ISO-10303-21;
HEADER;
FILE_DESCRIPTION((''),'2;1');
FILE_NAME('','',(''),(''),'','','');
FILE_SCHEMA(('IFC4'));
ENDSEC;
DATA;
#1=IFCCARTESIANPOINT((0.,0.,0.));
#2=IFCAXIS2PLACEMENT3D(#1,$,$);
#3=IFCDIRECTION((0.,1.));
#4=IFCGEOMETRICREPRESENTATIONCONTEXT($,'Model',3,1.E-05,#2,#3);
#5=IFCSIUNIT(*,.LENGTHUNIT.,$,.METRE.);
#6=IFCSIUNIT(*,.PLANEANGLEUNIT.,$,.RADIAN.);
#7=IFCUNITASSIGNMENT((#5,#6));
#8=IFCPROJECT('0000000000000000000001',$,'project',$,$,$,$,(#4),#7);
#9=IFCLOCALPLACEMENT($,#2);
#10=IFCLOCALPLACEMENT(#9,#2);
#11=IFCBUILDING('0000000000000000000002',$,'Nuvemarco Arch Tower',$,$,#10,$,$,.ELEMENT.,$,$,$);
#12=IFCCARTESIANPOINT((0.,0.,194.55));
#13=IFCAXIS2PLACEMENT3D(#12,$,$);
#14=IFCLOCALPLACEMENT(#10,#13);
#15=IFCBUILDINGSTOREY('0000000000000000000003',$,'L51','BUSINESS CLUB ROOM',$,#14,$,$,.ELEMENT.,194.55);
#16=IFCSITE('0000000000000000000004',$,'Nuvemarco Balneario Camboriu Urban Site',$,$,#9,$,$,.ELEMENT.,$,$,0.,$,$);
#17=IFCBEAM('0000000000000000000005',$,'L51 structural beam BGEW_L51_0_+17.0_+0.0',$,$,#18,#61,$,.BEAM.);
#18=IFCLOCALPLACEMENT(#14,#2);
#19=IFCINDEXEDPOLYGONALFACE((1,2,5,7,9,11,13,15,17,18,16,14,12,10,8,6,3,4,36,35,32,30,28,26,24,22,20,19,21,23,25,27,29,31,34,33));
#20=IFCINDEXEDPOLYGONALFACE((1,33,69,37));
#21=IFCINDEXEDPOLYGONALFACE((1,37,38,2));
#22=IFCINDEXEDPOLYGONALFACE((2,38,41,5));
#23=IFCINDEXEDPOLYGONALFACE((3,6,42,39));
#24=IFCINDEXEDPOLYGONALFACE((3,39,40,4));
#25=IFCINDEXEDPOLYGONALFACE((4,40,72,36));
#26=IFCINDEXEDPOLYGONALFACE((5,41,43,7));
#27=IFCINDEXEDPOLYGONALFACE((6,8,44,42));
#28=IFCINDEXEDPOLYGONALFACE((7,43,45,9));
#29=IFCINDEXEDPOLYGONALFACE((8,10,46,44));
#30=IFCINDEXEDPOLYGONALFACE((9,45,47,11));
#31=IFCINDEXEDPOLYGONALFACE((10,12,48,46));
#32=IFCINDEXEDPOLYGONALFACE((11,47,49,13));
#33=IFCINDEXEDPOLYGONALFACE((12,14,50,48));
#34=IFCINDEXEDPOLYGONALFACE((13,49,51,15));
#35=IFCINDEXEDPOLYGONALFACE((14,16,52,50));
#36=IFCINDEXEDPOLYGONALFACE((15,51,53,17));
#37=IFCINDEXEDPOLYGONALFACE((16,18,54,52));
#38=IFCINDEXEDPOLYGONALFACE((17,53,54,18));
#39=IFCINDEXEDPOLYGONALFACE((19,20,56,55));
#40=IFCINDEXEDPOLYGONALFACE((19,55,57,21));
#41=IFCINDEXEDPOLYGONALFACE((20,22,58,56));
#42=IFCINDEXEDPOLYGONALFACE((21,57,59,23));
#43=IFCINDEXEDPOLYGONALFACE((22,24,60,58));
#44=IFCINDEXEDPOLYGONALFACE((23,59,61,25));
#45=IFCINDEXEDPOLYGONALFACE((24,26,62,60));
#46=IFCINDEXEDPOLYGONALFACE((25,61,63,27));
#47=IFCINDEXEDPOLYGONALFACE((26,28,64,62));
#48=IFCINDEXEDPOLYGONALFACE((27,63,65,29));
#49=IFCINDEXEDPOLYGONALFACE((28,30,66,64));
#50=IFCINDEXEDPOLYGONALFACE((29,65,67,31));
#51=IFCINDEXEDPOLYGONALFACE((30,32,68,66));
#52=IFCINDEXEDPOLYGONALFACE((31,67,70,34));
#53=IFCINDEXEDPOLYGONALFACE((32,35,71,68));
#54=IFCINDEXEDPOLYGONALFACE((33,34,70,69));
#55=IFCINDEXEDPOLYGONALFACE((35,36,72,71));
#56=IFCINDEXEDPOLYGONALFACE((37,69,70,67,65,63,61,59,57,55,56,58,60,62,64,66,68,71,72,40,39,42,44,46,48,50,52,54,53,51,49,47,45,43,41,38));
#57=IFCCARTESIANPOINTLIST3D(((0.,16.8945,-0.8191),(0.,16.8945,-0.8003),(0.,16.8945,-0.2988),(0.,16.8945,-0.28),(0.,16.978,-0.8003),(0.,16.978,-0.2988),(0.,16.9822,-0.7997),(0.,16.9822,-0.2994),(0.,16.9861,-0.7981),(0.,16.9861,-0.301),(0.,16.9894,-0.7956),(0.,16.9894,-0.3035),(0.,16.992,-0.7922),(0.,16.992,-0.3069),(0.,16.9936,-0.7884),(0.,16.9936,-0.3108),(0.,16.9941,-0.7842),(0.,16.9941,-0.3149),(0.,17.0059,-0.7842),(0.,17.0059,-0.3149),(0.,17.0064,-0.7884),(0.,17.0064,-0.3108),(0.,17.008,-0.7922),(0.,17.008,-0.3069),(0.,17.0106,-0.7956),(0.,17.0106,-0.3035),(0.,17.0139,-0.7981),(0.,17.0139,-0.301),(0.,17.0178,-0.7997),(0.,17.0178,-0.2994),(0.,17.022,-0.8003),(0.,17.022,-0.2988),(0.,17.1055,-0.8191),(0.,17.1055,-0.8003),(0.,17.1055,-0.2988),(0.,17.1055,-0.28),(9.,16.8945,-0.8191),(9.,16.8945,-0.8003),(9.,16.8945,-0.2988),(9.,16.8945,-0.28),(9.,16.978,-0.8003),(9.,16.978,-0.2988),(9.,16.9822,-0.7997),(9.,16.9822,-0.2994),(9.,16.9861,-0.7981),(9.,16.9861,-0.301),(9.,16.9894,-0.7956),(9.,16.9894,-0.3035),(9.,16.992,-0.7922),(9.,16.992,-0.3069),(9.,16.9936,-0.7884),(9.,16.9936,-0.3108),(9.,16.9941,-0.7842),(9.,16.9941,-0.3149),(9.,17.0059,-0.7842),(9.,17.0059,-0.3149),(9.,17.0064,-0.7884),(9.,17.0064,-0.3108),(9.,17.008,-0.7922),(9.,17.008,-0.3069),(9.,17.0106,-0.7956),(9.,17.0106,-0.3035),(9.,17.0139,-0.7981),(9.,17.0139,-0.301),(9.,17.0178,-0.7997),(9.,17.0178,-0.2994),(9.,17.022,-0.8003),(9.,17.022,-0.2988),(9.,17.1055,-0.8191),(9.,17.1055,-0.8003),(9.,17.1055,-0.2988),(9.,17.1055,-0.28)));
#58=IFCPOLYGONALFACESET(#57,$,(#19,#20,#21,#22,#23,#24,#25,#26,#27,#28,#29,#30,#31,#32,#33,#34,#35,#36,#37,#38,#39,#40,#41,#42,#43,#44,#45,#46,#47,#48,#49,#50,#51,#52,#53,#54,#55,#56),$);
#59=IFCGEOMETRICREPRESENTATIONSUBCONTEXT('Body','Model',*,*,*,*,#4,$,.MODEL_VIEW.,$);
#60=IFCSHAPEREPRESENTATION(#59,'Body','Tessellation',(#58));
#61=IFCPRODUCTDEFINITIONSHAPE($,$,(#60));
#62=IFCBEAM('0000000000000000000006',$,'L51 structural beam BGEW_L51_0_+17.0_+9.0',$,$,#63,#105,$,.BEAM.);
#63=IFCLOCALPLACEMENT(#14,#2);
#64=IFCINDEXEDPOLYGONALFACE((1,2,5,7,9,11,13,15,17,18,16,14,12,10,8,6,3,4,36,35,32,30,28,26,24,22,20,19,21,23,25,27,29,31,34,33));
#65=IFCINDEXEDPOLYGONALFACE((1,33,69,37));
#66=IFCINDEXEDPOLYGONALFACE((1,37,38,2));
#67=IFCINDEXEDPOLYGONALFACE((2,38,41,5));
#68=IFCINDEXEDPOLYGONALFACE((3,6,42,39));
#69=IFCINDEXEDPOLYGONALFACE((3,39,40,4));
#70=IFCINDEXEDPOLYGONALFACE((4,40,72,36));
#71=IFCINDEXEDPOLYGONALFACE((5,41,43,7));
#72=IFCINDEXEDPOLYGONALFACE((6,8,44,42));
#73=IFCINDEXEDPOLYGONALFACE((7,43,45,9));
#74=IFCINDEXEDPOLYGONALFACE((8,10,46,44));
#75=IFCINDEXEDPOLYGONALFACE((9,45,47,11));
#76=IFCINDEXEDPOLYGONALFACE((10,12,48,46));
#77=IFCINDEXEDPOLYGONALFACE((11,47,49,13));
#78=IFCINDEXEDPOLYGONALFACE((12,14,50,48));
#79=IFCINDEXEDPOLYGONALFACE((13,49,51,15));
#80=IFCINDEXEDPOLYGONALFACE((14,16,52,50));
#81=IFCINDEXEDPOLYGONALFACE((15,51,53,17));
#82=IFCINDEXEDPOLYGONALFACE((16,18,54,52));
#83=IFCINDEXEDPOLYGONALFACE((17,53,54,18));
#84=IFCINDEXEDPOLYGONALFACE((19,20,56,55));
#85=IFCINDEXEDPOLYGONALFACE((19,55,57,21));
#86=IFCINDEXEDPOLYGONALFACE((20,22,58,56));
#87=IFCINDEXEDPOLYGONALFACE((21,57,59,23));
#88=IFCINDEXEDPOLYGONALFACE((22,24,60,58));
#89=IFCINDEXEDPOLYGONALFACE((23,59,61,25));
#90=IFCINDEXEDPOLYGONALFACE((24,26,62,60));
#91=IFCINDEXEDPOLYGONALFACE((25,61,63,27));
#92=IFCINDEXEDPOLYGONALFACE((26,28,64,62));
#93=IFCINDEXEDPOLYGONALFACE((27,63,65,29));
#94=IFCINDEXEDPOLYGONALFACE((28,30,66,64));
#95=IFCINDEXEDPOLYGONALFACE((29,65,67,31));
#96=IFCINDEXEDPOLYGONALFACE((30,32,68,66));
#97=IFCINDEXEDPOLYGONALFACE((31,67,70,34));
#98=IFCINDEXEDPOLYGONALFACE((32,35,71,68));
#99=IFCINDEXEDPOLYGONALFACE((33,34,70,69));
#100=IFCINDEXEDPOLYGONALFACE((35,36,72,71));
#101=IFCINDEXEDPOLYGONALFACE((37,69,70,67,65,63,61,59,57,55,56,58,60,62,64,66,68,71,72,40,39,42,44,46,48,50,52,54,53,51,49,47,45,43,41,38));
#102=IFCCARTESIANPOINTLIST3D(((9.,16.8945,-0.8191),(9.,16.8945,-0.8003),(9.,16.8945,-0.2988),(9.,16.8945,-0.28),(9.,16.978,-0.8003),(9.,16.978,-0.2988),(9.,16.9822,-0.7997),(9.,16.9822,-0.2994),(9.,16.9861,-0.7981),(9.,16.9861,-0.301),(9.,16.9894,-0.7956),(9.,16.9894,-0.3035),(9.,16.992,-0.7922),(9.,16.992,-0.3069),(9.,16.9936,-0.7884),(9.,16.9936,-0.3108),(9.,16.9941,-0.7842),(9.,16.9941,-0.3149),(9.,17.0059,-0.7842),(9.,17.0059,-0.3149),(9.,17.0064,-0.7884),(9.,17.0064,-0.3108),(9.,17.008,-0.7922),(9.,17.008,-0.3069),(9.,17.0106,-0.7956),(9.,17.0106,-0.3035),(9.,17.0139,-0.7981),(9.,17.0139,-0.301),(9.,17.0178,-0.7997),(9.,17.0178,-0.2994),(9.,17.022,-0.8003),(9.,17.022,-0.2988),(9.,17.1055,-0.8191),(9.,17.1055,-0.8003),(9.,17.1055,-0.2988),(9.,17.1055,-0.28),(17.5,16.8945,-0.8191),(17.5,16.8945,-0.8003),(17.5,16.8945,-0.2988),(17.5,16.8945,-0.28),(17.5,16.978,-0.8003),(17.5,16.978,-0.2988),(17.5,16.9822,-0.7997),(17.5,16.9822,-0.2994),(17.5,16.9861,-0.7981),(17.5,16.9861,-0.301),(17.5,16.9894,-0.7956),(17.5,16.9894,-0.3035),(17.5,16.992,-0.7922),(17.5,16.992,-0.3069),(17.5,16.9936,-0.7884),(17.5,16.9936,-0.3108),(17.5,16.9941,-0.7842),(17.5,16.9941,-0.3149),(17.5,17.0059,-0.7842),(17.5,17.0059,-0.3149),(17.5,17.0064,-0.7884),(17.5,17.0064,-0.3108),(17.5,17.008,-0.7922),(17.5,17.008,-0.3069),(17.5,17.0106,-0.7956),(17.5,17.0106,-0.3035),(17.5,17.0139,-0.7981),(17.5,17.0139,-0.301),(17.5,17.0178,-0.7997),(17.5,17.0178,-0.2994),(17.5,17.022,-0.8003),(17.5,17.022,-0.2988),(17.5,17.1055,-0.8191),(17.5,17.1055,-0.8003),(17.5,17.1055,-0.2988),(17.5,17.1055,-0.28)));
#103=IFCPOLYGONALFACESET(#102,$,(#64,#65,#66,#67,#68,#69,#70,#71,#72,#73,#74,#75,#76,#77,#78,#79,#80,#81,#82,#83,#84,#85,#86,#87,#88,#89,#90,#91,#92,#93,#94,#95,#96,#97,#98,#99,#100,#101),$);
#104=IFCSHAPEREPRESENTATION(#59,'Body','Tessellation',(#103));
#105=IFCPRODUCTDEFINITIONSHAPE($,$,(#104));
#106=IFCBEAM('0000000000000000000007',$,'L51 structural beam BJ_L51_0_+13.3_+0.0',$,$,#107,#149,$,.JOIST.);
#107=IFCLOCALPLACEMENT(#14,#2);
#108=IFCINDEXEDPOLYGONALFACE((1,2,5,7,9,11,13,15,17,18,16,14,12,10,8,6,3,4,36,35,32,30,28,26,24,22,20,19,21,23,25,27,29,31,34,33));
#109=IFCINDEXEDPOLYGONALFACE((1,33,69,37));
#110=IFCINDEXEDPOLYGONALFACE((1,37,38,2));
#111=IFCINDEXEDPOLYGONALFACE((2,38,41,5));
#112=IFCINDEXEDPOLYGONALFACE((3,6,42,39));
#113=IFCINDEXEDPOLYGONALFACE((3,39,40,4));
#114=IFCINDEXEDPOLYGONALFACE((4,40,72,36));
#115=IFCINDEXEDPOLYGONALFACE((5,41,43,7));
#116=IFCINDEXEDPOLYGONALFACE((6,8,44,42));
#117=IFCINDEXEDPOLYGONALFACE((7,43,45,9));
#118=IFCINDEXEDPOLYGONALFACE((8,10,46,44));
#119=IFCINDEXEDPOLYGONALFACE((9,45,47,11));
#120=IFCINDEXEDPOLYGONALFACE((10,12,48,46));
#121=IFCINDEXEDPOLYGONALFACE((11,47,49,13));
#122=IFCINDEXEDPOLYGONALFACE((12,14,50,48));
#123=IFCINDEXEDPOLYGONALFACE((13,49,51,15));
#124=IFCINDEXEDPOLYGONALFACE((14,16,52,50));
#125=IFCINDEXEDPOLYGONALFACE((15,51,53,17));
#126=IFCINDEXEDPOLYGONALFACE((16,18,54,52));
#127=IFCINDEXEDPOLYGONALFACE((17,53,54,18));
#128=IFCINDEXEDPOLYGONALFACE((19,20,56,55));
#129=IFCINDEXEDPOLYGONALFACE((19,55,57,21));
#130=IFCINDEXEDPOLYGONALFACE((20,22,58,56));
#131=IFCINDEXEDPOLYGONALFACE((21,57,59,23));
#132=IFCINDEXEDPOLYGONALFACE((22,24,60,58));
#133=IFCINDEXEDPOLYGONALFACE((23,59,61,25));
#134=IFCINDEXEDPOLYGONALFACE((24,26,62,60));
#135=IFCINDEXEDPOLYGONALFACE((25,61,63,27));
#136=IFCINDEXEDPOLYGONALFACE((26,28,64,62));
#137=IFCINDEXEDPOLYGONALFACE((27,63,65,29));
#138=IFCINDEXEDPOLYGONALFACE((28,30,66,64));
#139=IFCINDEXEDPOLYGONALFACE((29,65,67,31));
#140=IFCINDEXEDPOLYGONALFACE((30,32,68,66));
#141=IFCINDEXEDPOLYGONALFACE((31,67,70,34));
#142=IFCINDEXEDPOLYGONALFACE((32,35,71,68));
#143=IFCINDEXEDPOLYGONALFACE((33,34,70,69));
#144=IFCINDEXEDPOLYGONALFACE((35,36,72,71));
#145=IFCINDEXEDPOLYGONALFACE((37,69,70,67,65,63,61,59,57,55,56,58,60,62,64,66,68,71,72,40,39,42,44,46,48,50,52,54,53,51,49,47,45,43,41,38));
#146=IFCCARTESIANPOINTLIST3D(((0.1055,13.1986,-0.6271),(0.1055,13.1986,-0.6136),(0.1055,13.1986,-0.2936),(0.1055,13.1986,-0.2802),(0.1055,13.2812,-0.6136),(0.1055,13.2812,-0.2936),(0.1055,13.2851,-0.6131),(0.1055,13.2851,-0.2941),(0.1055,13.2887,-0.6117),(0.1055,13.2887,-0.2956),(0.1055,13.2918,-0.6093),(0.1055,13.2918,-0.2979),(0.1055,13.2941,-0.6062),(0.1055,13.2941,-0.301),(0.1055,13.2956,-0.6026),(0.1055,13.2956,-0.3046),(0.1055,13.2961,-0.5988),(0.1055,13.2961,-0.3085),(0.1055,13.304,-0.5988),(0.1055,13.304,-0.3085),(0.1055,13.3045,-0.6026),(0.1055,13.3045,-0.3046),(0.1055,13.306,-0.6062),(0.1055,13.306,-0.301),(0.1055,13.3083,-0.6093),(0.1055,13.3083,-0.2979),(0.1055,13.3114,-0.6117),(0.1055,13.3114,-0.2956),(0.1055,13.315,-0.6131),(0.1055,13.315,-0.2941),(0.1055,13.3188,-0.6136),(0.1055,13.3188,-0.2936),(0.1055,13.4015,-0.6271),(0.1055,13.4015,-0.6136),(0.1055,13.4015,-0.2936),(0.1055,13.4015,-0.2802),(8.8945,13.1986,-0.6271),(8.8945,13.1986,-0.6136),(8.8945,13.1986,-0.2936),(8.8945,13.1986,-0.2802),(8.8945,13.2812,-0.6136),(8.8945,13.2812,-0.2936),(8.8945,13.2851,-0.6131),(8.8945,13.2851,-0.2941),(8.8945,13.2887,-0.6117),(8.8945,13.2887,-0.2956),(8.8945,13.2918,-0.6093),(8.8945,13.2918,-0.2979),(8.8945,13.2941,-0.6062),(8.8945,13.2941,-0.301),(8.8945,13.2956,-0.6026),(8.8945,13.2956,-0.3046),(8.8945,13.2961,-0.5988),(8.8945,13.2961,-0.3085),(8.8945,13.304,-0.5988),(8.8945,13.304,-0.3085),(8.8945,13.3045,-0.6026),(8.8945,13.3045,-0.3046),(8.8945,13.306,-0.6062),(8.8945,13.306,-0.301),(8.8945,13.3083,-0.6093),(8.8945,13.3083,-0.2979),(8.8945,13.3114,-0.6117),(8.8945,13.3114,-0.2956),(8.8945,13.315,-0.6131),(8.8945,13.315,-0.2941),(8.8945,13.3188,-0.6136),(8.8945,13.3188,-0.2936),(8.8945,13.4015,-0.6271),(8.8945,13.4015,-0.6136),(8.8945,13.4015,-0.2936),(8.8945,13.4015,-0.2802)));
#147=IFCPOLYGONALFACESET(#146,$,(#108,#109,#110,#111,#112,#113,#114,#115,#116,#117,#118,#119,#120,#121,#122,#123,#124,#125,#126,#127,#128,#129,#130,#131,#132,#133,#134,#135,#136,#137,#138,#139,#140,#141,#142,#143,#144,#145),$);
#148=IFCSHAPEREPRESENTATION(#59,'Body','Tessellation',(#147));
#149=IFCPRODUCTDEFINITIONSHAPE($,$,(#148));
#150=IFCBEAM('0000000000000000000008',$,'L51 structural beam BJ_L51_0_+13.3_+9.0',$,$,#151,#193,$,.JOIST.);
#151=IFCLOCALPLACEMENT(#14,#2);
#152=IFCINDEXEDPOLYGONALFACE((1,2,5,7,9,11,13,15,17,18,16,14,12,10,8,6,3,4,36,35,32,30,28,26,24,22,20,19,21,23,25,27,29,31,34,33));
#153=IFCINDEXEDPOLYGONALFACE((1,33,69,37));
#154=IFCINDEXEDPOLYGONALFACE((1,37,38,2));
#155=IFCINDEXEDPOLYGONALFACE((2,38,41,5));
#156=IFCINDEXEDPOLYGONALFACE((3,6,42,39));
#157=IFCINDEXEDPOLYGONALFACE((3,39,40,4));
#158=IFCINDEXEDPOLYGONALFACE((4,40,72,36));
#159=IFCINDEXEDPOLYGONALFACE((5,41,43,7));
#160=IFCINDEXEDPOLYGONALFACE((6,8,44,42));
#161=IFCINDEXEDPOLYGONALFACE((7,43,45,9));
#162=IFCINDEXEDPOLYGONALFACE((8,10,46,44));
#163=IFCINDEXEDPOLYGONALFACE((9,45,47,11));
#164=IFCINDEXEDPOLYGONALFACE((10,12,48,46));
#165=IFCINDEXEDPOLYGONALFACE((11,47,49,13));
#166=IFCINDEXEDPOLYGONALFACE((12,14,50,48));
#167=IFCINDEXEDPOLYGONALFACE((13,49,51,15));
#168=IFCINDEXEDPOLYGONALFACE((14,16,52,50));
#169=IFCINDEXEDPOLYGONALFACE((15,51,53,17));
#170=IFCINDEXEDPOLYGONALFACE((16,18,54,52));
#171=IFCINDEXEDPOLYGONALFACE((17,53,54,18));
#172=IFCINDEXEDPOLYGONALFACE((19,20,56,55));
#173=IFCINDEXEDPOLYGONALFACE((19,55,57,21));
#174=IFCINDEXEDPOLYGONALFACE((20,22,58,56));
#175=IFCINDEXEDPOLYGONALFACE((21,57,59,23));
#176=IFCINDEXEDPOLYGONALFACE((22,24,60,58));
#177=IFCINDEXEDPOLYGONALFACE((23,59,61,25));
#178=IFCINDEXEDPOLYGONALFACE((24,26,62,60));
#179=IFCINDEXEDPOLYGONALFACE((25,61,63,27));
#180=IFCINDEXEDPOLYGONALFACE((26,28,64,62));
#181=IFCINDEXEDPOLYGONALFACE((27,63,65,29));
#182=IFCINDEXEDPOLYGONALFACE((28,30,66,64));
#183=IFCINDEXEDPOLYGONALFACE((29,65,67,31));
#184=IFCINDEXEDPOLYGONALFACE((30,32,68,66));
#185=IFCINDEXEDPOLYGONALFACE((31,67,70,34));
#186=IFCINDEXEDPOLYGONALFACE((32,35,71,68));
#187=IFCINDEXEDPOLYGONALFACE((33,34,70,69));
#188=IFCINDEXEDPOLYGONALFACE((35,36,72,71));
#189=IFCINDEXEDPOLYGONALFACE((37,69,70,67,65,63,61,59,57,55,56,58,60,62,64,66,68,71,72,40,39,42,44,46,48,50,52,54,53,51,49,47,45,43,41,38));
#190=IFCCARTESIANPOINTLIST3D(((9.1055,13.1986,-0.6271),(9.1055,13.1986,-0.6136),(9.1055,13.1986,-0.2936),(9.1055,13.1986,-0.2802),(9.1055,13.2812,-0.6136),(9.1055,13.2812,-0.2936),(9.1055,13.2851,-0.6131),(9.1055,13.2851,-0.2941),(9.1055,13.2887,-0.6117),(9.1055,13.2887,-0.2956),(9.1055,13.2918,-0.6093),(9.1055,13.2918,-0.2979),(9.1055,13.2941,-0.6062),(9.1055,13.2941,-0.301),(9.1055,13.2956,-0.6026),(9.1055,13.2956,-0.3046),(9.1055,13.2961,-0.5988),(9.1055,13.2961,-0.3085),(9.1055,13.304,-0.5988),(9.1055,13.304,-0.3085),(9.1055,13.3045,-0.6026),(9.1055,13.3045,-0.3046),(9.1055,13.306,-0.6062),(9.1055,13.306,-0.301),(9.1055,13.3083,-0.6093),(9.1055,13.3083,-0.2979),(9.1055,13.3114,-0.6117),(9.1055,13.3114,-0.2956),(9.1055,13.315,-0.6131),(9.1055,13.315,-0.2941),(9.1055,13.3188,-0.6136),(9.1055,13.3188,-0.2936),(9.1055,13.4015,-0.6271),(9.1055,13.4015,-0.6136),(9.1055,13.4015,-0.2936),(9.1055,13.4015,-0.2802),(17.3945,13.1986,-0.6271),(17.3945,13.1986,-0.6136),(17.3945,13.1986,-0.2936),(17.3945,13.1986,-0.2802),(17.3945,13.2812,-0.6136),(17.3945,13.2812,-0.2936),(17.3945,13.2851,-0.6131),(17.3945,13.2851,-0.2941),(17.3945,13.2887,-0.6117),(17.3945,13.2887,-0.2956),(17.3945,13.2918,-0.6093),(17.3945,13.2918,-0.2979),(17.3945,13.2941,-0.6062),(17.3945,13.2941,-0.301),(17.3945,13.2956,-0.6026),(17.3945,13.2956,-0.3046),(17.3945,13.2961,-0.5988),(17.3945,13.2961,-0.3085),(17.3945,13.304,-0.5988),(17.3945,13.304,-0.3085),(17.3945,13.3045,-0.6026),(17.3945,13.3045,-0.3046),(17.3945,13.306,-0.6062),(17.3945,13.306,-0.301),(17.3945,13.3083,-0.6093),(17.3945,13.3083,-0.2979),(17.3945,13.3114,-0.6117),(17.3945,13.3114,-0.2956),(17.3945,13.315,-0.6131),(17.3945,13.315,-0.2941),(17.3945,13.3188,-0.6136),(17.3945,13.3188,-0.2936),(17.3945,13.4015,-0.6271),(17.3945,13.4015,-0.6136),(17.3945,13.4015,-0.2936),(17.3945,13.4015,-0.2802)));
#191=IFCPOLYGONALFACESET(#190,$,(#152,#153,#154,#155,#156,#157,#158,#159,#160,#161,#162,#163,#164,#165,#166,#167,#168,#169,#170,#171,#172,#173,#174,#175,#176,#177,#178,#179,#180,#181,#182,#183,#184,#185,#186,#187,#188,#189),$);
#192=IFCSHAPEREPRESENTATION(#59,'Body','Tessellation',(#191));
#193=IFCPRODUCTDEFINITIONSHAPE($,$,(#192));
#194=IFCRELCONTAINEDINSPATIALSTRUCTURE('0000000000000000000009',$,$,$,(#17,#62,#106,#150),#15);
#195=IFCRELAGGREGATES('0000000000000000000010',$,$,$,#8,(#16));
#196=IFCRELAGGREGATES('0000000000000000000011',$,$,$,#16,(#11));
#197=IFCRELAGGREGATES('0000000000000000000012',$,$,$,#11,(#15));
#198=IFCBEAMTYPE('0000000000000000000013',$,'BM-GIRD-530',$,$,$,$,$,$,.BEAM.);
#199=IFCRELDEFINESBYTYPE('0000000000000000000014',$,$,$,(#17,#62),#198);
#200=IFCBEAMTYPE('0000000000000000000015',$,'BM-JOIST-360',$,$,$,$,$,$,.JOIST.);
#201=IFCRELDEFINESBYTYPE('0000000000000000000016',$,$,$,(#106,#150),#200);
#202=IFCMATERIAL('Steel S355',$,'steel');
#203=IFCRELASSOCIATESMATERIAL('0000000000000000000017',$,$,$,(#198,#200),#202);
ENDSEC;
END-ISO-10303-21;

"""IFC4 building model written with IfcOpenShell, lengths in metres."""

from ifc_helpers import new_model, si_unit, direction, frame, origin, origin_2d, place, context, subcontext, project, spatial, i_section, extrude, material, material_profile, profile_set, type_object, element, save


model = new_model("IFC4")

# Units and contexts
model_context = context("Model", 3, precision=1e-05, world=origin(), true_north=direction((0.0, 1.0)))
body_context = subcontext(model_context, "Body", "Model", "MODEL_VIEW")
ifc_project = project(units=[si_unit("LENGTHUNIT", "METRE"), si_unit("PLANEANGLEUNIT", "RADIAN")], contexts=[model_context])

# Site, building, storey
site_placement = place(None, origin())
site = spatial("IfcSite", under=ifc_project, at=site_placement, Name="Nuvemarco Balneario Camboriu Urban Site", CompositionType="ELEMENT", RefElevation=0.0)
building_placement = place(site_placement, origin())
building = spatial("IfcBuilding", under=site, at=building_placement, Name="Nuvemarco Arch Tower", CompositionType="ELEMENT")
storey_placement = place(building_placement, frame((0.0, 0.0, 194.55)))
storey = spatial("IfcBuildingStorey", under=building, at=storey_placement, Name="L51", Description="BUSINESS CLUB ROOM", CompositionType="ELEMENT", Elevation=194.55)

# Shared definitions
ifc_material_1 = material(Name="Steel S355", Category="steel")

# Beams
ifc_material_profile_1 = material_profile(ifc_material_1, i_section(OverallWidth=0.2109, OverallDepth=0.5391, WebThickness=0.0117, FlangeThickness=0.0188, FilletRadius=0.0161, at=origin_2d()), Name="W530x109")
ifc_profile_set_1 = profile_set([ifc_material_profile_1], Name="Steel S355")
beam_type_1 = type_object("IfcBeamType", Name="BM-GIRD-530", PredefinedType="BEAM", material=ifc_profile_set_1)
beam_1_placement = place(storey_placement, frame((0.0, 17.0, -0.5496), z_axis=(1.0, 0.0, 0.0), x_axis=(0.0, 1.0, 0.0)))
element("IfcBeam", 1, at=beam_1_placement, inside=storey, type_object=beam_type_1, Name="L51 structural beam BGEW_L51_0_+17.0_+0.0", PredefinedType="BEAM", context=body_context, shape_type="SweptSolid", body=[
    extrude(i_section(OverallWidth=0.2109, OverallDepth=0.5391, WebThickness=0.0117, FlangeThickness=0.0188, FilletRadius=0.0161, at=origin_2d()), origin(), (0.0, 0.0, 1.0), 9.0),
])
beam_2_placement = place(storey_placement, frame((9.0, 17.0, -0.5496), z_axis=(1.0, 0.0, 0.0), x_axis=(0.0, 1.0, 0.0)))
element("IfcBeam", 2, at=beam_2_placement, inside=storey, type_object=beam_type_1, Name="L51 structural beam BGEW_L51_0_+17.0_+9.0", PredefinedType="BEAM", context=body_context, shape_type="SweptSolid", body=[
    extrude(i_section(OverallWidth=0.2109, OverallDepth=0.5391, WebThickness=0.0117, FlangeThickness=0.0188, FilletRadius=0.0161, at=origin_2d()), origin(), (0.0, 0.0, 1.0), 8.5),
])
ifc_material_profile_2 = material_profile(ifc_material_1, i_section(OverallWidth=0.2029, OverallDepth=0.3469, WebThickness=0.0078, FlangeThickness=0.0134, FilletRadius=0.0149, at=origin_2d()), Name="W360x64")
ifc_profile_set_2 = profile_set([ifc_material_profile_2], Name="Steel S355")
beam_type_2 = type_object("IfcBeamType", Name="BM-JOIST-360", PredefinedType="JOIST", material=ifc_profile_set_2)
beam_3_placement = place(storey_placement, frame((0.1055, 13.3, -0.4536), z_axis=(1.0, 0.0, 0.0), x_axis=(0.0, 1.0, 0.0)))
element("IfcBeam", 3, at=beam_3_placement, inside=storey, type_object=beam_type_2, Name="L51 structural beam BJ_L51_0_+13.3_+0.0", PredefinedType="JOIST", context=body_context, shape_type="SweptSolid", body=[
    extrude(i_section(OverallWidth=0.2029, OverallDepth=0.3469, WebThickness=0.0078, FlangeThickness=0.0134, FilletRadius=0.0149, at=origin_2d()), origin(), (0.0, 0.0, 1.0), 8.7891),
])
beam_4_placement = place(storey_placement, frame((9.1055, 13.3, -0.4536), z_axis=(1.0, 0.0, 0.0), x_axis=(0.0, 1.0, 0.0)))
element("IfcBeam", 4, at=beam_4_placement, inside=storey, type_object=beam_type_2, Name="L51 structural beam BJ_L51_0_+13.3_+9.0", PredefinedType="JOIST", context=body_context, shape_type="SweptSolid", body=[
    extrude(i_section(OverallWidth=0.2029, OverallDepth=0.3469, WebThickness=0.0078, FlangeThickness=0.0134, FilletRadius=0.0149, at=origin_2d()), origin(), (0.0, 0.0, 1.0), 8.2891),
])

save(model, "model.ifc")
